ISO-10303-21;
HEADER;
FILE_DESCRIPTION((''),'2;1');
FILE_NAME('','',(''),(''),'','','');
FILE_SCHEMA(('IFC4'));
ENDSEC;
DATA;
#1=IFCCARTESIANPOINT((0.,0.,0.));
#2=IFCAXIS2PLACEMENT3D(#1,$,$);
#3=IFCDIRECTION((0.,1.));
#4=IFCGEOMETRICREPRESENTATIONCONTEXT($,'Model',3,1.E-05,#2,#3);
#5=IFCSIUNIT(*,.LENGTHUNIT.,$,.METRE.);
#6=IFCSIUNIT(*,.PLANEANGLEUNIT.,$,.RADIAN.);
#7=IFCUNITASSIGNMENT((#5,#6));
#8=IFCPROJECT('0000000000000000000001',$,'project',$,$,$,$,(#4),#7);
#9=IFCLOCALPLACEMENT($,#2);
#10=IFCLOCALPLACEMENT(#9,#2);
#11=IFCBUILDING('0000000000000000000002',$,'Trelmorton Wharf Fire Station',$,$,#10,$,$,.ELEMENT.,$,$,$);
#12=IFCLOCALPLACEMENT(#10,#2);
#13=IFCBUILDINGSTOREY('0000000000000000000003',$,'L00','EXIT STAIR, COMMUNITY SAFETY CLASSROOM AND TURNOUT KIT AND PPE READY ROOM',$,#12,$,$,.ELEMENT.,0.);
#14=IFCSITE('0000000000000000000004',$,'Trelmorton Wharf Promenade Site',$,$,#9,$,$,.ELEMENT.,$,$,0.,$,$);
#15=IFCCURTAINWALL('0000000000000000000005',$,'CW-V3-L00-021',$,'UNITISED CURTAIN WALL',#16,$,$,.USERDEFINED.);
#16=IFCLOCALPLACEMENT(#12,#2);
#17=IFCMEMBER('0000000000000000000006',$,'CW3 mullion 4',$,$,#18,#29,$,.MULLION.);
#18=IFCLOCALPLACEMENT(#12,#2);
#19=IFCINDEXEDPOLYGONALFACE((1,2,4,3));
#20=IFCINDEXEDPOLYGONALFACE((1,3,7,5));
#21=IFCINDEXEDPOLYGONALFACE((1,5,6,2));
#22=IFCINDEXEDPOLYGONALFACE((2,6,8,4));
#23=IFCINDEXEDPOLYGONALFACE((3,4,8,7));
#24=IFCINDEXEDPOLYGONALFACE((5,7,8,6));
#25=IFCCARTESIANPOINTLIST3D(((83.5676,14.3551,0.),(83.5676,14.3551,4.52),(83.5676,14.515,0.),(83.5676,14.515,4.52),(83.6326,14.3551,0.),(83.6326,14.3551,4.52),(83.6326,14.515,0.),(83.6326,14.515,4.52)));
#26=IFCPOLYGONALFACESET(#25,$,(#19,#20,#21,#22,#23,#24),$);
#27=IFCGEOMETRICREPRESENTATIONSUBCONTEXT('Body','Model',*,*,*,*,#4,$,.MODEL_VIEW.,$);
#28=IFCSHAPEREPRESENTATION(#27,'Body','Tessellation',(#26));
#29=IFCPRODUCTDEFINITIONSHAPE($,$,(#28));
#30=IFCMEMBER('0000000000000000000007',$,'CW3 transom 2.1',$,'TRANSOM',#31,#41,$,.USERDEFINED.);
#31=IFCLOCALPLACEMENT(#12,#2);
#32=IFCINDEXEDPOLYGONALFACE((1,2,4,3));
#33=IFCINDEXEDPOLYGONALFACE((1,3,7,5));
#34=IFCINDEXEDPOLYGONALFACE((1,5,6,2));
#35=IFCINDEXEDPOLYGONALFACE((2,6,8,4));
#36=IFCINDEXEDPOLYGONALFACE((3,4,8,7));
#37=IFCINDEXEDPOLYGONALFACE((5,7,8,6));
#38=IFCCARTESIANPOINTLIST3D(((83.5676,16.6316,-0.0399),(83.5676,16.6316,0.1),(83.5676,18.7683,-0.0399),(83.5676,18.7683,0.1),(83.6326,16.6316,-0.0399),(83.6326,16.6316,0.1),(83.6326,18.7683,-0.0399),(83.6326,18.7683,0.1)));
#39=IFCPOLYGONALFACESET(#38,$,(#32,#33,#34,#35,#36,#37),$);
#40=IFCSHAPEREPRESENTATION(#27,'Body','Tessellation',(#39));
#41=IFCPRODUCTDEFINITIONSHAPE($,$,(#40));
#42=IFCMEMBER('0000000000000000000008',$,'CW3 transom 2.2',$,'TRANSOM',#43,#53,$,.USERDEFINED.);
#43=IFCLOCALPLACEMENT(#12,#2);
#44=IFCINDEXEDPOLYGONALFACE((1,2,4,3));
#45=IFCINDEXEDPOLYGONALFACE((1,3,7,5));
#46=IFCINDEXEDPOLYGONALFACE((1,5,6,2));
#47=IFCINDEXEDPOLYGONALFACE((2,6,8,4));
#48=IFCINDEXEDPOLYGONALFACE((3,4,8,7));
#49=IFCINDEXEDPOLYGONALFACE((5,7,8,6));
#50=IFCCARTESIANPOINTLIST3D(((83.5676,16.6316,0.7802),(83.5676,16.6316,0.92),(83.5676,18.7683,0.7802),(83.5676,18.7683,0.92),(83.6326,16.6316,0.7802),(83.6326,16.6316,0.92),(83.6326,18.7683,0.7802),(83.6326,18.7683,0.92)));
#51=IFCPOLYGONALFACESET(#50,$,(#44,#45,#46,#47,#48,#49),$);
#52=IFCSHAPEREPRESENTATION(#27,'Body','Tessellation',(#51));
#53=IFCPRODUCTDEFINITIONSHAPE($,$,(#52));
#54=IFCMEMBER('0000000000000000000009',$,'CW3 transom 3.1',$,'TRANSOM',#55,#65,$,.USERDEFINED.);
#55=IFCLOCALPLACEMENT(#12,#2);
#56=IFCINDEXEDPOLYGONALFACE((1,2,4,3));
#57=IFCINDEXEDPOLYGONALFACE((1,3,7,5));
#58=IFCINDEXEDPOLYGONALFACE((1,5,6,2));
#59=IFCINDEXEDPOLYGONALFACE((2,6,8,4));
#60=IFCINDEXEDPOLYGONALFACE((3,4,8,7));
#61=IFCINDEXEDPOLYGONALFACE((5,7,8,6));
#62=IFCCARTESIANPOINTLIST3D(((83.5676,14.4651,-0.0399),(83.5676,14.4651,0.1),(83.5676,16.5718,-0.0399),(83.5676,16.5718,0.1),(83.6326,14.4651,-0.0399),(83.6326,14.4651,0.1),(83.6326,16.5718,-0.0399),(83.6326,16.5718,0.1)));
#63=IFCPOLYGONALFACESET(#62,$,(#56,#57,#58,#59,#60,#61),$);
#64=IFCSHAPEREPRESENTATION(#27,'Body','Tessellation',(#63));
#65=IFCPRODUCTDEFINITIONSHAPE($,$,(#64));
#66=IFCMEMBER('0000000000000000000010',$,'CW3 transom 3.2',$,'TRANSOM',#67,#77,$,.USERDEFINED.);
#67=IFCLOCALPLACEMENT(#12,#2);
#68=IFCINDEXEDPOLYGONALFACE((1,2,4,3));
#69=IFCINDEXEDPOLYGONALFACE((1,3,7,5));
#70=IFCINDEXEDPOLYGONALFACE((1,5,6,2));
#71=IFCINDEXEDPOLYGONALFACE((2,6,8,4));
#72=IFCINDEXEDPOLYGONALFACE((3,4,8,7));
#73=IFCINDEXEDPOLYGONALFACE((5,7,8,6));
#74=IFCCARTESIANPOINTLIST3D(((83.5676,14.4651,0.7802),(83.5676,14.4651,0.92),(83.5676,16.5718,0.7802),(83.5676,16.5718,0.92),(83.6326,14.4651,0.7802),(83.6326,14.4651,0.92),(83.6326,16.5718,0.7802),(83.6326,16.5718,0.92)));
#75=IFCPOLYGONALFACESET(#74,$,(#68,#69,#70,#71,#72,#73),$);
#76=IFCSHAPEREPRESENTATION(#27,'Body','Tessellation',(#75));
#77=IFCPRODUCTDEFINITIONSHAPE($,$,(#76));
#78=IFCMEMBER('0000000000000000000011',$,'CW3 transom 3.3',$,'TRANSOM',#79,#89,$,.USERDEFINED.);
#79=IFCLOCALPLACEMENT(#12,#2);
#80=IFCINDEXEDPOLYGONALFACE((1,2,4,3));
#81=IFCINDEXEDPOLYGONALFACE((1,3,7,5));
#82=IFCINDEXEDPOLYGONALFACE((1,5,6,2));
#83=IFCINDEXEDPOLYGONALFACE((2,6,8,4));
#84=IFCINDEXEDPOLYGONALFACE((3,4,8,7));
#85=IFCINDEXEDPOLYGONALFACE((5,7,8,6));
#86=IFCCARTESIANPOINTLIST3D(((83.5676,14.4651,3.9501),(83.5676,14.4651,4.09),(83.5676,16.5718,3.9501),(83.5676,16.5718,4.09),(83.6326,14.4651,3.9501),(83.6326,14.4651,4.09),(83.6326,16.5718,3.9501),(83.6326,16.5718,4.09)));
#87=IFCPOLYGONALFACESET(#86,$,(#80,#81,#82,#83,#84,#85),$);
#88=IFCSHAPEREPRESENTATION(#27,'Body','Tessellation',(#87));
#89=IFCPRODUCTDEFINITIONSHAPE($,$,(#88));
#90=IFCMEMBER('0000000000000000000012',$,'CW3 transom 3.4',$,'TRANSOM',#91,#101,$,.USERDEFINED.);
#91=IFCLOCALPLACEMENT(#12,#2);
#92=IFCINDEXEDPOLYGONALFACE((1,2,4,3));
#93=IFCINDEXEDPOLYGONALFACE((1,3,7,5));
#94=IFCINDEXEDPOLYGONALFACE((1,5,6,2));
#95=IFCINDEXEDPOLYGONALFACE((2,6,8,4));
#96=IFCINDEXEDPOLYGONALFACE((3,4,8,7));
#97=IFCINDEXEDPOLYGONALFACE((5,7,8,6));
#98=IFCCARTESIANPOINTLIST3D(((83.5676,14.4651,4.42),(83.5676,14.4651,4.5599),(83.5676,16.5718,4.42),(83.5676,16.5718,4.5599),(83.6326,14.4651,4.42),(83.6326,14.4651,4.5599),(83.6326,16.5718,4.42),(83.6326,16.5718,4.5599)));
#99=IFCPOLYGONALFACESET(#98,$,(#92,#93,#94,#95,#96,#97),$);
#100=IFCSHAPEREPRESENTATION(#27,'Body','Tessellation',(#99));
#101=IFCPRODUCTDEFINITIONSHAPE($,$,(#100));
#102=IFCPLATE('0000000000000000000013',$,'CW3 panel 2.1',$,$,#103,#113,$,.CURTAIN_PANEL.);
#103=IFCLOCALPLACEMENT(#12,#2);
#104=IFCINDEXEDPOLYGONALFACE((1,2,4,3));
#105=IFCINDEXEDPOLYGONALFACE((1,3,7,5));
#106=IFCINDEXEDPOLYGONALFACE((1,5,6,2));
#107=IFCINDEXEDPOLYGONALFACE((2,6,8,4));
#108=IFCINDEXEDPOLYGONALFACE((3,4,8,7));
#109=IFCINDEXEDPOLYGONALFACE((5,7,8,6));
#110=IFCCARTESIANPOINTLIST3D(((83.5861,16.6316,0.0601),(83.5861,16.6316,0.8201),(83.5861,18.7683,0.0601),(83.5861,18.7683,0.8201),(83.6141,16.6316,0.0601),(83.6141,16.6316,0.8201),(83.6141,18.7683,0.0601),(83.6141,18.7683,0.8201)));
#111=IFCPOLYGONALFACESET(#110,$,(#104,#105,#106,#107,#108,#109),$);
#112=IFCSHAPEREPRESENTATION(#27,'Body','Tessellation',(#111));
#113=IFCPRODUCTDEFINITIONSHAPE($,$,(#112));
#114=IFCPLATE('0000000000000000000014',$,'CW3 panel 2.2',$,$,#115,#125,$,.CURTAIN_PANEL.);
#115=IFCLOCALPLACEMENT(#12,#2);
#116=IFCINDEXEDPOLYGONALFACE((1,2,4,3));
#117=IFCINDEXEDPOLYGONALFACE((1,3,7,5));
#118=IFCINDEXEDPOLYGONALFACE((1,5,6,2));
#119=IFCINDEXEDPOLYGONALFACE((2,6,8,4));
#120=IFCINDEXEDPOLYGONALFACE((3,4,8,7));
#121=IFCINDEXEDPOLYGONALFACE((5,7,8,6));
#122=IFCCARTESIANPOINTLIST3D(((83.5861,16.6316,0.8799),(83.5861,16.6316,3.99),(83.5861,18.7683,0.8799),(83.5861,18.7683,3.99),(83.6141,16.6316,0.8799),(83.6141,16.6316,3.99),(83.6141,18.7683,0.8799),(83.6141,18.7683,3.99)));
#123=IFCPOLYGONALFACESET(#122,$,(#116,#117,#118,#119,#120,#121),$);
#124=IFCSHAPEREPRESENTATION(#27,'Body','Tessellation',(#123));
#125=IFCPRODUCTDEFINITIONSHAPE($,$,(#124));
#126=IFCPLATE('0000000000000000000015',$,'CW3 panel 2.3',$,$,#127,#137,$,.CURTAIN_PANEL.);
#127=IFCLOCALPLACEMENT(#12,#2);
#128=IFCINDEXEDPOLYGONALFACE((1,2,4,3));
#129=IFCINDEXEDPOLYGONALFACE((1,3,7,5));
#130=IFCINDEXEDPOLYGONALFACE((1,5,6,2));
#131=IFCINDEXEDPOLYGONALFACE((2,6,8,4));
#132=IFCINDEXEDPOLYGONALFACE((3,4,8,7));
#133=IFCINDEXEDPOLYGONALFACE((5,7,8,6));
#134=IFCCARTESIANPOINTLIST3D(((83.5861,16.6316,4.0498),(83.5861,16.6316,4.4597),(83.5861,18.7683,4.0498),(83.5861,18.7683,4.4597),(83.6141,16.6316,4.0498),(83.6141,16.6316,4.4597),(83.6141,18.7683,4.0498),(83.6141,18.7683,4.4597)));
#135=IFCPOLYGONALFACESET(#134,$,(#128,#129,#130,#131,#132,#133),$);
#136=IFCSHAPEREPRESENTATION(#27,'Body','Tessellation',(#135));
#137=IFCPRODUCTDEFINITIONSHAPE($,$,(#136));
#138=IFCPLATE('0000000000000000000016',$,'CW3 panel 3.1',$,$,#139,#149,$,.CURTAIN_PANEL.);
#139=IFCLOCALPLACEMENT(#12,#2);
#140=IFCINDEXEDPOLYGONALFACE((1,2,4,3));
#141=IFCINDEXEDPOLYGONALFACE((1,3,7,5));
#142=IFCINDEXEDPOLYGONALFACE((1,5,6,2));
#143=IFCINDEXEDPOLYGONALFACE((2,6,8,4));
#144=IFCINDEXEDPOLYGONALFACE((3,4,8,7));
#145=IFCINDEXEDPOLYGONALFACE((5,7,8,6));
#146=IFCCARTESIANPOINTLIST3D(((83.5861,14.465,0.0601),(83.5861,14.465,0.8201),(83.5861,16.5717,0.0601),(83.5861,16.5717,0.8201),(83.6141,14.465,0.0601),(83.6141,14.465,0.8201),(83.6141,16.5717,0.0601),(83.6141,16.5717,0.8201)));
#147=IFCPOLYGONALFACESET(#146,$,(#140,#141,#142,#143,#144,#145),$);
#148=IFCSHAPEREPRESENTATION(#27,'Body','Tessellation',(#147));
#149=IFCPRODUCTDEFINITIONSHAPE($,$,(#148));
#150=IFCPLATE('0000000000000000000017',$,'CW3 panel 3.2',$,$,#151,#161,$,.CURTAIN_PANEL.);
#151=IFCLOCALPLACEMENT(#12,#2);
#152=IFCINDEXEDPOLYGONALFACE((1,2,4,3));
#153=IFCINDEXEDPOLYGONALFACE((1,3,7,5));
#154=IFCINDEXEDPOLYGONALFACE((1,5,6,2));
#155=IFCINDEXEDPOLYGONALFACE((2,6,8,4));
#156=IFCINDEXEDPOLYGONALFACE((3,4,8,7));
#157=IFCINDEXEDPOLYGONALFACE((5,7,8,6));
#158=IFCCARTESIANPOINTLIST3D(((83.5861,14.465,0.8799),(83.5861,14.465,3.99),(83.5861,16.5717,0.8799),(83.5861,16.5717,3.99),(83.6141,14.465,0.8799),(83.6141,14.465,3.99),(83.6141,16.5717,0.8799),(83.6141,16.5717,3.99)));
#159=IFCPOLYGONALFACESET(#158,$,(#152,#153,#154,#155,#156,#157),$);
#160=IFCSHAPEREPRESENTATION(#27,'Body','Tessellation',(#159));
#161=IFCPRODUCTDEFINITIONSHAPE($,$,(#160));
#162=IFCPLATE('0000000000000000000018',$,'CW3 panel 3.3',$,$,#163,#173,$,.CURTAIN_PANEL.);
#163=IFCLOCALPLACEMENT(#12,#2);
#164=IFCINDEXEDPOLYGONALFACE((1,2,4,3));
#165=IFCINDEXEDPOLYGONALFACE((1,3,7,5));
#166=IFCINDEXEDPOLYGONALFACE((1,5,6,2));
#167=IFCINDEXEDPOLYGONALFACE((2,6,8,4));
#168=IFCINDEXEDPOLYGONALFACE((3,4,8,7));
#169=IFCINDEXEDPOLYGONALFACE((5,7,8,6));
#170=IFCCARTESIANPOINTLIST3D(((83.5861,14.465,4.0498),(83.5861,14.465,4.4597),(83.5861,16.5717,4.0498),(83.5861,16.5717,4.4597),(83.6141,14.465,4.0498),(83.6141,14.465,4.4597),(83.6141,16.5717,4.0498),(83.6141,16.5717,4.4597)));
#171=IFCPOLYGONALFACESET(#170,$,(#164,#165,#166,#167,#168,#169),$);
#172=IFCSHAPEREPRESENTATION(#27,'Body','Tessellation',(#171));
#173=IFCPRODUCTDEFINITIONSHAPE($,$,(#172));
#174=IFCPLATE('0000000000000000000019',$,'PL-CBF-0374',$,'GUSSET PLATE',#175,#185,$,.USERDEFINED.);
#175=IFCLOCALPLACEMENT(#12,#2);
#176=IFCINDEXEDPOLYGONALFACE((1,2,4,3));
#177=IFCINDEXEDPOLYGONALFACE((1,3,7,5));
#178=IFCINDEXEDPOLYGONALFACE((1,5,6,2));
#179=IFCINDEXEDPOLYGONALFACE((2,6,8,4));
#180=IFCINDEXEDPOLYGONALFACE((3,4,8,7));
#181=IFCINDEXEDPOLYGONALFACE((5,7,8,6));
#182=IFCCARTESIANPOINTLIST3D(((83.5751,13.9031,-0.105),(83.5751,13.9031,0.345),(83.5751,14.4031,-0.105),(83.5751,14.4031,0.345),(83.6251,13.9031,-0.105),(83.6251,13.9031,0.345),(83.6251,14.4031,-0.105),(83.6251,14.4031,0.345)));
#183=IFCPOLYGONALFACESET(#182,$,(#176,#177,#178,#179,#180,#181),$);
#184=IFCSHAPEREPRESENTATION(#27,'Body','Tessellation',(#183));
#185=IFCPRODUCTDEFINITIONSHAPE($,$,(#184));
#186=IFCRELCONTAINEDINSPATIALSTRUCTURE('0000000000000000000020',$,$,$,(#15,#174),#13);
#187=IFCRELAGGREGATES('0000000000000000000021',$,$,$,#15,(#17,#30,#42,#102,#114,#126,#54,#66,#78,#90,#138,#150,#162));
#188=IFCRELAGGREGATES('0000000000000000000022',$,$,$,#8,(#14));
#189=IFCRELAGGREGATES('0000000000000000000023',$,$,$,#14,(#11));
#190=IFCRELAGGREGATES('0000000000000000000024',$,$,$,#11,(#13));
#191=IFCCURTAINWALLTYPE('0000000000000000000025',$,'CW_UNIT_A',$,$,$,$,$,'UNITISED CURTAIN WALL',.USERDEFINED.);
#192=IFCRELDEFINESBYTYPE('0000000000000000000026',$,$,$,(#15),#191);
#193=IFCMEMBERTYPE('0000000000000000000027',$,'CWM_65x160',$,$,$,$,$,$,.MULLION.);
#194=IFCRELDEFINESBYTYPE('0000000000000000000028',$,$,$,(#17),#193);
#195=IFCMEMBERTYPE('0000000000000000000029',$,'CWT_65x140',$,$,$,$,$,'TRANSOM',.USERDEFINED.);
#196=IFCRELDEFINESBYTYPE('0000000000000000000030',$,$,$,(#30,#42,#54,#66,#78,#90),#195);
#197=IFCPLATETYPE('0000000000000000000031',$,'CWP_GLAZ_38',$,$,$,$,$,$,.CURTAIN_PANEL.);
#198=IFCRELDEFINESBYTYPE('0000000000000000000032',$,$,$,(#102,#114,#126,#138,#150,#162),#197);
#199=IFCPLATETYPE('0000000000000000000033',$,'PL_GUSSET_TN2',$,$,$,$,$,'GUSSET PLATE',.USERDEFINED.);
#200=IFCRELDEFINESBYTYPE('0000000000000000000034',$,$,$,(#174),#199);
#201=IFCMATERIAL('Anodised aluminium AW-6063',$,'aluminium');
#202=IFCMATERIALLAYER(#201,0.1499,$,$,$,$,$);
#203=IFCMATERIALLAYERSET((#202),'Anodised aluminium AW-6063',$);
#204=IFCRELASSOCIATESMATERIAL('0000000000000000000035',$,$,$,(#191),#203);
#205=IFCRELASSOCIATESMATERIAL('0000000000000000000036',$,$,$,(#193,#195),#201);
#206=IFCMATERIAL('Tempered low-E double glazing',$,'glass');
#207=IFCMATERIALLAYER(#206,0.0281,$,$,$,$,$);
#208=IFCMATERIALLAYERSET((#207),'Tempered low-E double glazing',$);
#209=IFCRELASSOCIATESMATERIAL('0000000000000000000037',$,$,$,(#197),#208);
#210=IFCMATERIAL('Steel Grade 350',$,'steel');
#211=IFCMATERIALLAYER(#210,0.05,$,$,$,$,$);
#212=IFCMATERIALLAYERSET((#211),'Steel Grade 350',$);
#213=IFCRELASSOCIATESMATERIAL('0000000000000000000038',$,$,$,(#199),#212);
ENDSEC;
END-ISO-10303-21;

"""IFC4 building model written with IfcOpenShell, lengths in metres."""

from ifc_helpers import new_model, si_unit, direction, frame, origin, origin_2d, place, context, subcontext, project, spatial, rectangle, extrude, material, layer, layer_set, material_profile, profile_set, type_object, element, aggregate, save


model = new_model("IFC4")

# Units and contexts
model_context = context("Model", 3, precision=1e-05, world=origin(), true_north=direction((0.0, 1.0)))
body_context = subcontext(model_context, "Body", "Model", "MODEL_VIEW")
ifc_project = project(units=[si_unit("LENGTHUNIT", "METRE"), si_unit("PLANEANGLEUNIT", "RADIAN")], contexts=[model_context])

# Site, building, storey
site_placement = place(None, origin())
site = spatial("IfcSite", under=ifc_project, at=site_placement, Name="Trelmorton Wharf Promenade Site", CompositionType="ELEMENT", RefElevation=0.0)
building_placement = place(site_placement, origin())
building = spatial("IfcBuilding", under=site, at=building_placement, Name="Trelmorton Wharf Fire Station", CompositionType="ELEMENT")
storey_placement = place(building_placement, origin())
storey = spatial("IfcBuildingStorey", under=building, at=storey_placement, Name="L00", Description="EXIT STAIR, COMMUNITY SAFETY CLASSROOM AND TURNOUT KIT AND PPE READY ROOM", CompositionType="ELEMENT", Elevation=0.0)

# Shared definitions
ifc_material_1 = material(Name="Steel Grade 350", Category="steel")

# Curtain wall, members, plates
ifc_material_2 = material(Name="Anodised aluminium AW-6063", Category="aluminium")
ifc_layer_1 = layer(ifc_material_2, 0.1499)
ifc_layer_set_1 = layer_set([ifc_layer_1], Name="Anodised aluminium AW-6063")
curtain_wall_type = type_object("IfcCurtainWallType", Name="CW_UNIT_A", ElementType="UNITISED CURTAIN WALL", PredefinedType="USERDEFINED", material=ifc_layer_set_1)
curtain_wall_placement = place(storey_placement, origin())
curtain_wall = element("IfcCurtainWall", 1, at=curtain_wall_placement, inside=storey, type_object=curtain_wall_type, Name="CW-V3-L00-021", ObjectType="UNITISED CURTAIN WALL", PredefinedType="USERDEFINED")
ifc_material_profile_1 = material_profile(ifc_material_2, rectangle(XDim=0.0649, YDim=0.1599, at=origin_2d()), Name="ALU-65x160")
ifc_profile_set_1 = profile_set([ifc_material_profile_1], Name="Anodised aluminium AW-6063")
member_type_1 = type_object("IfcMemberType", Name="CWM_65x160", PredefinedType="MULLION", material=ifc_profile_set_1)
member_1_placement = place(storey_placement, frame((83.6001, 14.4351, 0.0), z_axis=(0.0, 0.0, 1.0), x_axis=(1.0, 0.0, 0.0)))
member_1 = element("IfcMember", 2, at=member_1_placement, type_object=member_type_1, Name="CW3 mullion 4", PredefinedType="MULLION", context=body_context, shape_type="SweptSolid", body=[
    extrude(rectangle(XDim=0.0649, YDim=0.1599, at=origin_2d()), origin(), (0.0, 0.0, 1.0), 4.52),
])
ifc_material_profile_2 = material_profile(ifc_material_2, rectangle(XDim=0.0649, YDim=0.1399, at=origin_2d()), Name="ALU-65x140")
ifc_profile_set_2 = profile_set([ifc_material_profile_2], Name="Anodised aluminium AW-6063")
member_type_2 = type_object("IfcMemberType", Name="CWT_65x140", ElementType="TRANSOM", PredefinedType="USERDEFINED", material=ifc_profile_set_2)
member_2_placement = place(storey_placement, frame((83.6001, 18.7683, 0.03), z_axis=(0.0, -1.0, 0.0), x_axis=(1.0, 0.0, 0.0)))
member_2 = element("IfcMember", 3, at=member_2_placement, type_object=member_type_2, Name="CW3 transom 2.1", ObjectType="TRANSOM", PredefinedType="USERDEFINED", context=body_context, shape_type="SweptSolid", body=[
    extrude(rectangle(XDim=0.0649, YDim=0.1399, at=origin_2d()), origin(), (0.0, 0.0, 1.0), 2.1367),
])
member_3_placement = place(storey_placement, frame((83.6001, 18.7683, 0.8501), z_axis=(0.0, -1.0, 0.0), x_axis=(1.0, 0.0, 0.0)))
member_3 = element("IfcMember", 4, at=member_3_placement, type_object=member_type_2, Name="CW3 transom 2.2", ObjectType="TRANSOM", PredefinedType="USERDEFINED", context=body_context, shape_type="SweptSolid", body=[
    extrude(rectangle(XDim=0.0649, YDim=0.1399, at=origin_2d()), origin(), (0.0, 0.0, 1.0), 2.1367),
])
member_4_placement = place(storey_placement, frame((83.6001, 16.5718, 0.03), z_axis=(0.0, -1.0, 0.0), x_axis=(1.0, 0.0, 0.0)))
member_4 = element("IfcMember", 5, at=member_4_placement, type_object=member_type_2, Name="CW3 transom 3.1", ObjectType="TRANSOM", PredefinedType="USERDEFINED", context=body_context, shape_type="SweptSolid", body=[
    extrude(rectangle(XDim=0.0649, YDim=0.1399, at=origin_2d()), origin(), (0.0, 0.0, 1.0), 2.1067),
])
member_5_placement = place(storey_placement, frame((83.6001, 16.5718, 0.8501), z_axis=(0.0, -1.0, 0.0), x_axis=(1.0, 0.0, 0.0)))
member_5 = element("IfcMember", 6, at=member_5_placement, type_object=member_type_2, Name="CW3 transom 3.2", ObjectType="TRANSOM", PredefinedType="USERDEFINED", context=body_context, shape_type="SweptSolid", body=[
    extrude(rectangle(XDim=0.0649, YDim=0.1399, at=origin_2d()), origin(), (0.0, 0.0, 1.0), 2.1067),
])
member_6_placement = place(storey_placement, frame((83.6001, 16.5718, 4.02), z_axis=(0.0, -1.0, 0.0), x_axis=(1.0, 0.0, 0.0)))
member_6 = element("IfcMember", 7, at=member_6_placement, type_object=member_type_2, Name="CW3 transom 3.3", ObjectType="TRANSOM", PredefinedType="USERDEFINED", context=body_context, shape_type="SweptSolid", body=[
    extrude(rectangle(XDim=0.0649, YDim=0.1399, at=origin_2d()), origin(), (0.0, 0.0, 1.0), 2.1067),
])
member_7_placement = place(storey_placement, frame((83.6001, 16.5718, 4.49), z_axis=(0.0, -1.0, 0.0), x_axis=(1.0, 0.0, 0.0)))
member_7 = element("IfcMember", 8, at=member_7_placement, type_object=member_type_2, Name="CW3 transom 3.4", ObjectType="TRANSOM", PredefinedType="USERDEFINED", context=body_context, shape_type="SweptSolid", body=[
    extrude(rectangle(XDim=0.0649, YDim=0.1399, at=origin_2d()), origin(), (0.0, 0.0, 1.0), 2.1067),
])
ifc_material_3 = material(Name="Tempered low-E double glazing", Category="glass")
ifc_layer_2 = layer(ifc_material_3, 0.0281)
ifc_layer_set_2 = layer_set([ifc_layer_2], Name="Tempered low-E double glazing")
plate_type_1 = type_object("IfcPlateType", Name="CWP_GLAZ_38", PredefinedType="CURTAIN_PANEL", material=ifc_layer_set_2)
plate_1_placement = place(storey_placement, frame((83.6001, 17.7, 0.0601), z_axis=(0.0, 0.0, 1.0), x_axis=(0.0, -1.0, 0.0)))
plate_1 = element("IfcPlate", 9, at=plate_1_placement, type_object=plate_type_1, Name="CW3 panel 2.1", PredefinedType="CURTAIN_PANEL", context=body_context, shape_type="SweptSolid", body=[
    extrude(rectangle(XDim=2.1367, YDim=0.0281, at=origin_2d()), origin(), (0.0, 0.0, 1.0), 0.76),
])
plate_2_placement = place(storey_placement, frame((83.6001, 17.7, 0.8799), z_axis=(0.0, 0.0, 1.0), x_axis=(0.0, -1.0, 0.0)))
plate_2 = element("IfcPlate", 10, at=plate_2_placement, type_object=plate_type_1, Name="CW3 panel 2.2", PredefinedType="CURTAIN_PANEL", context=body_context, shape_type="SweptSolid", body=[
    extrude(rectangle(XDim=2.1367, YDim=0.0281, at=origin_2d()), origin(), (0.0, 0.0, 1.0), 3.1101),
])
plate_3_placement = place(storey_placement, frame((83.6001, 17.7, 4.0498), z_axis=(0.0, 0.0, 1.0), x_axis=(0.0, -1.0, 0.0)))
plate_3 = element("IfcPlate", 11, at=plate_3_placement, type_object=plate_type_1, Name="CW3 panel 2.3", PredefinedType="CURTAIN_PANEL", context=body_context, shape_type="SweptSolid", body=[
    extrude(rectangle(XDim=2.1367, YDim=0.0281, at=origin_2d()), origin(), (0.0, 0.0, 1.0), 0.4099),
])
plate_4_placement = place(storey_placement, frame((83.6001, 15.5183, 0.0601), z_axis=(0.0, 0.0, 1.0), x_axis=(0.0, -1.0, 0.0)))
plate_4 = element("IfcPlate", 12, at=plate_4_placement, type_object=plate_type_1, Name="CW3 panel 3.1", PredefinedType="CURTAIN_PANEL", context=body_context, shape_type="SweptSolid", body=[
    extrude(rectangle(XDim=2.1067, YDim=0.0281, at=origin_2d()), origin(), (0.0, 0.0, 1.0), 0.76),
])
plate_5_placement = place(storey_placement, frame((83.6001, 15.5183, 0.8799), z_axis=(0.0, 0.0, 1.0), x_axis=(0.0, -1.0, 0.0)))
plate_5 = element("IfcPlate", 13, at=plate_5_placement, type_object=plate_type_1, Name="CW3 panel 3.2", PredefinedType="CURTAIN_PANEL", context=body_context, shape_type="SweptSolid", body=[
    extrude(rectangle(XDim=2.1067, YDim=0.0281, at=origin_2d()), origin(), (0.0, 0.0, 1.0), 3.1101),
])
plate_6_placement = place(storey_placement, frame((83.6001, 15.5183, 4.0498), z_axis=(0.0, 0.0, 1.0), x_axis=(0.0, -1.0, 0.0)))
plate_6 = element("IfcPlate", 14, at=plate_6_placement, type_object=plate_type_1, Name="CW3 panel 3.3", PredefinedType="CURTAIN_PANEL", context=body_context, shape_type="SweptSolid", body=[
    extrude(rectangle(XDim=2.1067, YDim=0.0281, at=origin_2d()), origin(), (0.0, 0.0, 1.0), 0.4099),
])
aggregate(curtain_wall, [member_1, member_2, member_3, plate_1, plate_2, plate_3, member_4, member_5, member_6, member_7, plate_4, plate_5, plate_6])

# Plate
ifc_layer_3 = layer(ifc_material_1, 0.05)
ifc_layer_set_3 = layer_set([ifc_layer_3], Name="Steel Grade 350")
plate_type_2 = type_object("IfcPlateType", Name="PL_GUSSET_TN2", ElementType="GUSSET PLATE", PredefinedType="USERDEFINED", material=ifc_layer_set_3)
plate_7_placement = place(storey_placement, frame((83.6001, 14.1531, -0.105), z_axis=(0.0, 0.0, 1.0), x_axis=(1.0, 0.0, 0.0)))
element("IfcPlate", 15, at=plate_7_placement, inside=storey, type_object=plate_type_2, Name="PL-CBF-0374", ObjectType="GUSSET PLATE", PredefinedType="USERDEFINED", context=body_context, shape_type="SweptSolid", body=[
    extrude(rectangle(XDim=0.05, YDim=0.5, at=origin_2d()), origin(), (0.0, 0.0, 1.0), 0.45),
])

save(model, "model.ifc")
